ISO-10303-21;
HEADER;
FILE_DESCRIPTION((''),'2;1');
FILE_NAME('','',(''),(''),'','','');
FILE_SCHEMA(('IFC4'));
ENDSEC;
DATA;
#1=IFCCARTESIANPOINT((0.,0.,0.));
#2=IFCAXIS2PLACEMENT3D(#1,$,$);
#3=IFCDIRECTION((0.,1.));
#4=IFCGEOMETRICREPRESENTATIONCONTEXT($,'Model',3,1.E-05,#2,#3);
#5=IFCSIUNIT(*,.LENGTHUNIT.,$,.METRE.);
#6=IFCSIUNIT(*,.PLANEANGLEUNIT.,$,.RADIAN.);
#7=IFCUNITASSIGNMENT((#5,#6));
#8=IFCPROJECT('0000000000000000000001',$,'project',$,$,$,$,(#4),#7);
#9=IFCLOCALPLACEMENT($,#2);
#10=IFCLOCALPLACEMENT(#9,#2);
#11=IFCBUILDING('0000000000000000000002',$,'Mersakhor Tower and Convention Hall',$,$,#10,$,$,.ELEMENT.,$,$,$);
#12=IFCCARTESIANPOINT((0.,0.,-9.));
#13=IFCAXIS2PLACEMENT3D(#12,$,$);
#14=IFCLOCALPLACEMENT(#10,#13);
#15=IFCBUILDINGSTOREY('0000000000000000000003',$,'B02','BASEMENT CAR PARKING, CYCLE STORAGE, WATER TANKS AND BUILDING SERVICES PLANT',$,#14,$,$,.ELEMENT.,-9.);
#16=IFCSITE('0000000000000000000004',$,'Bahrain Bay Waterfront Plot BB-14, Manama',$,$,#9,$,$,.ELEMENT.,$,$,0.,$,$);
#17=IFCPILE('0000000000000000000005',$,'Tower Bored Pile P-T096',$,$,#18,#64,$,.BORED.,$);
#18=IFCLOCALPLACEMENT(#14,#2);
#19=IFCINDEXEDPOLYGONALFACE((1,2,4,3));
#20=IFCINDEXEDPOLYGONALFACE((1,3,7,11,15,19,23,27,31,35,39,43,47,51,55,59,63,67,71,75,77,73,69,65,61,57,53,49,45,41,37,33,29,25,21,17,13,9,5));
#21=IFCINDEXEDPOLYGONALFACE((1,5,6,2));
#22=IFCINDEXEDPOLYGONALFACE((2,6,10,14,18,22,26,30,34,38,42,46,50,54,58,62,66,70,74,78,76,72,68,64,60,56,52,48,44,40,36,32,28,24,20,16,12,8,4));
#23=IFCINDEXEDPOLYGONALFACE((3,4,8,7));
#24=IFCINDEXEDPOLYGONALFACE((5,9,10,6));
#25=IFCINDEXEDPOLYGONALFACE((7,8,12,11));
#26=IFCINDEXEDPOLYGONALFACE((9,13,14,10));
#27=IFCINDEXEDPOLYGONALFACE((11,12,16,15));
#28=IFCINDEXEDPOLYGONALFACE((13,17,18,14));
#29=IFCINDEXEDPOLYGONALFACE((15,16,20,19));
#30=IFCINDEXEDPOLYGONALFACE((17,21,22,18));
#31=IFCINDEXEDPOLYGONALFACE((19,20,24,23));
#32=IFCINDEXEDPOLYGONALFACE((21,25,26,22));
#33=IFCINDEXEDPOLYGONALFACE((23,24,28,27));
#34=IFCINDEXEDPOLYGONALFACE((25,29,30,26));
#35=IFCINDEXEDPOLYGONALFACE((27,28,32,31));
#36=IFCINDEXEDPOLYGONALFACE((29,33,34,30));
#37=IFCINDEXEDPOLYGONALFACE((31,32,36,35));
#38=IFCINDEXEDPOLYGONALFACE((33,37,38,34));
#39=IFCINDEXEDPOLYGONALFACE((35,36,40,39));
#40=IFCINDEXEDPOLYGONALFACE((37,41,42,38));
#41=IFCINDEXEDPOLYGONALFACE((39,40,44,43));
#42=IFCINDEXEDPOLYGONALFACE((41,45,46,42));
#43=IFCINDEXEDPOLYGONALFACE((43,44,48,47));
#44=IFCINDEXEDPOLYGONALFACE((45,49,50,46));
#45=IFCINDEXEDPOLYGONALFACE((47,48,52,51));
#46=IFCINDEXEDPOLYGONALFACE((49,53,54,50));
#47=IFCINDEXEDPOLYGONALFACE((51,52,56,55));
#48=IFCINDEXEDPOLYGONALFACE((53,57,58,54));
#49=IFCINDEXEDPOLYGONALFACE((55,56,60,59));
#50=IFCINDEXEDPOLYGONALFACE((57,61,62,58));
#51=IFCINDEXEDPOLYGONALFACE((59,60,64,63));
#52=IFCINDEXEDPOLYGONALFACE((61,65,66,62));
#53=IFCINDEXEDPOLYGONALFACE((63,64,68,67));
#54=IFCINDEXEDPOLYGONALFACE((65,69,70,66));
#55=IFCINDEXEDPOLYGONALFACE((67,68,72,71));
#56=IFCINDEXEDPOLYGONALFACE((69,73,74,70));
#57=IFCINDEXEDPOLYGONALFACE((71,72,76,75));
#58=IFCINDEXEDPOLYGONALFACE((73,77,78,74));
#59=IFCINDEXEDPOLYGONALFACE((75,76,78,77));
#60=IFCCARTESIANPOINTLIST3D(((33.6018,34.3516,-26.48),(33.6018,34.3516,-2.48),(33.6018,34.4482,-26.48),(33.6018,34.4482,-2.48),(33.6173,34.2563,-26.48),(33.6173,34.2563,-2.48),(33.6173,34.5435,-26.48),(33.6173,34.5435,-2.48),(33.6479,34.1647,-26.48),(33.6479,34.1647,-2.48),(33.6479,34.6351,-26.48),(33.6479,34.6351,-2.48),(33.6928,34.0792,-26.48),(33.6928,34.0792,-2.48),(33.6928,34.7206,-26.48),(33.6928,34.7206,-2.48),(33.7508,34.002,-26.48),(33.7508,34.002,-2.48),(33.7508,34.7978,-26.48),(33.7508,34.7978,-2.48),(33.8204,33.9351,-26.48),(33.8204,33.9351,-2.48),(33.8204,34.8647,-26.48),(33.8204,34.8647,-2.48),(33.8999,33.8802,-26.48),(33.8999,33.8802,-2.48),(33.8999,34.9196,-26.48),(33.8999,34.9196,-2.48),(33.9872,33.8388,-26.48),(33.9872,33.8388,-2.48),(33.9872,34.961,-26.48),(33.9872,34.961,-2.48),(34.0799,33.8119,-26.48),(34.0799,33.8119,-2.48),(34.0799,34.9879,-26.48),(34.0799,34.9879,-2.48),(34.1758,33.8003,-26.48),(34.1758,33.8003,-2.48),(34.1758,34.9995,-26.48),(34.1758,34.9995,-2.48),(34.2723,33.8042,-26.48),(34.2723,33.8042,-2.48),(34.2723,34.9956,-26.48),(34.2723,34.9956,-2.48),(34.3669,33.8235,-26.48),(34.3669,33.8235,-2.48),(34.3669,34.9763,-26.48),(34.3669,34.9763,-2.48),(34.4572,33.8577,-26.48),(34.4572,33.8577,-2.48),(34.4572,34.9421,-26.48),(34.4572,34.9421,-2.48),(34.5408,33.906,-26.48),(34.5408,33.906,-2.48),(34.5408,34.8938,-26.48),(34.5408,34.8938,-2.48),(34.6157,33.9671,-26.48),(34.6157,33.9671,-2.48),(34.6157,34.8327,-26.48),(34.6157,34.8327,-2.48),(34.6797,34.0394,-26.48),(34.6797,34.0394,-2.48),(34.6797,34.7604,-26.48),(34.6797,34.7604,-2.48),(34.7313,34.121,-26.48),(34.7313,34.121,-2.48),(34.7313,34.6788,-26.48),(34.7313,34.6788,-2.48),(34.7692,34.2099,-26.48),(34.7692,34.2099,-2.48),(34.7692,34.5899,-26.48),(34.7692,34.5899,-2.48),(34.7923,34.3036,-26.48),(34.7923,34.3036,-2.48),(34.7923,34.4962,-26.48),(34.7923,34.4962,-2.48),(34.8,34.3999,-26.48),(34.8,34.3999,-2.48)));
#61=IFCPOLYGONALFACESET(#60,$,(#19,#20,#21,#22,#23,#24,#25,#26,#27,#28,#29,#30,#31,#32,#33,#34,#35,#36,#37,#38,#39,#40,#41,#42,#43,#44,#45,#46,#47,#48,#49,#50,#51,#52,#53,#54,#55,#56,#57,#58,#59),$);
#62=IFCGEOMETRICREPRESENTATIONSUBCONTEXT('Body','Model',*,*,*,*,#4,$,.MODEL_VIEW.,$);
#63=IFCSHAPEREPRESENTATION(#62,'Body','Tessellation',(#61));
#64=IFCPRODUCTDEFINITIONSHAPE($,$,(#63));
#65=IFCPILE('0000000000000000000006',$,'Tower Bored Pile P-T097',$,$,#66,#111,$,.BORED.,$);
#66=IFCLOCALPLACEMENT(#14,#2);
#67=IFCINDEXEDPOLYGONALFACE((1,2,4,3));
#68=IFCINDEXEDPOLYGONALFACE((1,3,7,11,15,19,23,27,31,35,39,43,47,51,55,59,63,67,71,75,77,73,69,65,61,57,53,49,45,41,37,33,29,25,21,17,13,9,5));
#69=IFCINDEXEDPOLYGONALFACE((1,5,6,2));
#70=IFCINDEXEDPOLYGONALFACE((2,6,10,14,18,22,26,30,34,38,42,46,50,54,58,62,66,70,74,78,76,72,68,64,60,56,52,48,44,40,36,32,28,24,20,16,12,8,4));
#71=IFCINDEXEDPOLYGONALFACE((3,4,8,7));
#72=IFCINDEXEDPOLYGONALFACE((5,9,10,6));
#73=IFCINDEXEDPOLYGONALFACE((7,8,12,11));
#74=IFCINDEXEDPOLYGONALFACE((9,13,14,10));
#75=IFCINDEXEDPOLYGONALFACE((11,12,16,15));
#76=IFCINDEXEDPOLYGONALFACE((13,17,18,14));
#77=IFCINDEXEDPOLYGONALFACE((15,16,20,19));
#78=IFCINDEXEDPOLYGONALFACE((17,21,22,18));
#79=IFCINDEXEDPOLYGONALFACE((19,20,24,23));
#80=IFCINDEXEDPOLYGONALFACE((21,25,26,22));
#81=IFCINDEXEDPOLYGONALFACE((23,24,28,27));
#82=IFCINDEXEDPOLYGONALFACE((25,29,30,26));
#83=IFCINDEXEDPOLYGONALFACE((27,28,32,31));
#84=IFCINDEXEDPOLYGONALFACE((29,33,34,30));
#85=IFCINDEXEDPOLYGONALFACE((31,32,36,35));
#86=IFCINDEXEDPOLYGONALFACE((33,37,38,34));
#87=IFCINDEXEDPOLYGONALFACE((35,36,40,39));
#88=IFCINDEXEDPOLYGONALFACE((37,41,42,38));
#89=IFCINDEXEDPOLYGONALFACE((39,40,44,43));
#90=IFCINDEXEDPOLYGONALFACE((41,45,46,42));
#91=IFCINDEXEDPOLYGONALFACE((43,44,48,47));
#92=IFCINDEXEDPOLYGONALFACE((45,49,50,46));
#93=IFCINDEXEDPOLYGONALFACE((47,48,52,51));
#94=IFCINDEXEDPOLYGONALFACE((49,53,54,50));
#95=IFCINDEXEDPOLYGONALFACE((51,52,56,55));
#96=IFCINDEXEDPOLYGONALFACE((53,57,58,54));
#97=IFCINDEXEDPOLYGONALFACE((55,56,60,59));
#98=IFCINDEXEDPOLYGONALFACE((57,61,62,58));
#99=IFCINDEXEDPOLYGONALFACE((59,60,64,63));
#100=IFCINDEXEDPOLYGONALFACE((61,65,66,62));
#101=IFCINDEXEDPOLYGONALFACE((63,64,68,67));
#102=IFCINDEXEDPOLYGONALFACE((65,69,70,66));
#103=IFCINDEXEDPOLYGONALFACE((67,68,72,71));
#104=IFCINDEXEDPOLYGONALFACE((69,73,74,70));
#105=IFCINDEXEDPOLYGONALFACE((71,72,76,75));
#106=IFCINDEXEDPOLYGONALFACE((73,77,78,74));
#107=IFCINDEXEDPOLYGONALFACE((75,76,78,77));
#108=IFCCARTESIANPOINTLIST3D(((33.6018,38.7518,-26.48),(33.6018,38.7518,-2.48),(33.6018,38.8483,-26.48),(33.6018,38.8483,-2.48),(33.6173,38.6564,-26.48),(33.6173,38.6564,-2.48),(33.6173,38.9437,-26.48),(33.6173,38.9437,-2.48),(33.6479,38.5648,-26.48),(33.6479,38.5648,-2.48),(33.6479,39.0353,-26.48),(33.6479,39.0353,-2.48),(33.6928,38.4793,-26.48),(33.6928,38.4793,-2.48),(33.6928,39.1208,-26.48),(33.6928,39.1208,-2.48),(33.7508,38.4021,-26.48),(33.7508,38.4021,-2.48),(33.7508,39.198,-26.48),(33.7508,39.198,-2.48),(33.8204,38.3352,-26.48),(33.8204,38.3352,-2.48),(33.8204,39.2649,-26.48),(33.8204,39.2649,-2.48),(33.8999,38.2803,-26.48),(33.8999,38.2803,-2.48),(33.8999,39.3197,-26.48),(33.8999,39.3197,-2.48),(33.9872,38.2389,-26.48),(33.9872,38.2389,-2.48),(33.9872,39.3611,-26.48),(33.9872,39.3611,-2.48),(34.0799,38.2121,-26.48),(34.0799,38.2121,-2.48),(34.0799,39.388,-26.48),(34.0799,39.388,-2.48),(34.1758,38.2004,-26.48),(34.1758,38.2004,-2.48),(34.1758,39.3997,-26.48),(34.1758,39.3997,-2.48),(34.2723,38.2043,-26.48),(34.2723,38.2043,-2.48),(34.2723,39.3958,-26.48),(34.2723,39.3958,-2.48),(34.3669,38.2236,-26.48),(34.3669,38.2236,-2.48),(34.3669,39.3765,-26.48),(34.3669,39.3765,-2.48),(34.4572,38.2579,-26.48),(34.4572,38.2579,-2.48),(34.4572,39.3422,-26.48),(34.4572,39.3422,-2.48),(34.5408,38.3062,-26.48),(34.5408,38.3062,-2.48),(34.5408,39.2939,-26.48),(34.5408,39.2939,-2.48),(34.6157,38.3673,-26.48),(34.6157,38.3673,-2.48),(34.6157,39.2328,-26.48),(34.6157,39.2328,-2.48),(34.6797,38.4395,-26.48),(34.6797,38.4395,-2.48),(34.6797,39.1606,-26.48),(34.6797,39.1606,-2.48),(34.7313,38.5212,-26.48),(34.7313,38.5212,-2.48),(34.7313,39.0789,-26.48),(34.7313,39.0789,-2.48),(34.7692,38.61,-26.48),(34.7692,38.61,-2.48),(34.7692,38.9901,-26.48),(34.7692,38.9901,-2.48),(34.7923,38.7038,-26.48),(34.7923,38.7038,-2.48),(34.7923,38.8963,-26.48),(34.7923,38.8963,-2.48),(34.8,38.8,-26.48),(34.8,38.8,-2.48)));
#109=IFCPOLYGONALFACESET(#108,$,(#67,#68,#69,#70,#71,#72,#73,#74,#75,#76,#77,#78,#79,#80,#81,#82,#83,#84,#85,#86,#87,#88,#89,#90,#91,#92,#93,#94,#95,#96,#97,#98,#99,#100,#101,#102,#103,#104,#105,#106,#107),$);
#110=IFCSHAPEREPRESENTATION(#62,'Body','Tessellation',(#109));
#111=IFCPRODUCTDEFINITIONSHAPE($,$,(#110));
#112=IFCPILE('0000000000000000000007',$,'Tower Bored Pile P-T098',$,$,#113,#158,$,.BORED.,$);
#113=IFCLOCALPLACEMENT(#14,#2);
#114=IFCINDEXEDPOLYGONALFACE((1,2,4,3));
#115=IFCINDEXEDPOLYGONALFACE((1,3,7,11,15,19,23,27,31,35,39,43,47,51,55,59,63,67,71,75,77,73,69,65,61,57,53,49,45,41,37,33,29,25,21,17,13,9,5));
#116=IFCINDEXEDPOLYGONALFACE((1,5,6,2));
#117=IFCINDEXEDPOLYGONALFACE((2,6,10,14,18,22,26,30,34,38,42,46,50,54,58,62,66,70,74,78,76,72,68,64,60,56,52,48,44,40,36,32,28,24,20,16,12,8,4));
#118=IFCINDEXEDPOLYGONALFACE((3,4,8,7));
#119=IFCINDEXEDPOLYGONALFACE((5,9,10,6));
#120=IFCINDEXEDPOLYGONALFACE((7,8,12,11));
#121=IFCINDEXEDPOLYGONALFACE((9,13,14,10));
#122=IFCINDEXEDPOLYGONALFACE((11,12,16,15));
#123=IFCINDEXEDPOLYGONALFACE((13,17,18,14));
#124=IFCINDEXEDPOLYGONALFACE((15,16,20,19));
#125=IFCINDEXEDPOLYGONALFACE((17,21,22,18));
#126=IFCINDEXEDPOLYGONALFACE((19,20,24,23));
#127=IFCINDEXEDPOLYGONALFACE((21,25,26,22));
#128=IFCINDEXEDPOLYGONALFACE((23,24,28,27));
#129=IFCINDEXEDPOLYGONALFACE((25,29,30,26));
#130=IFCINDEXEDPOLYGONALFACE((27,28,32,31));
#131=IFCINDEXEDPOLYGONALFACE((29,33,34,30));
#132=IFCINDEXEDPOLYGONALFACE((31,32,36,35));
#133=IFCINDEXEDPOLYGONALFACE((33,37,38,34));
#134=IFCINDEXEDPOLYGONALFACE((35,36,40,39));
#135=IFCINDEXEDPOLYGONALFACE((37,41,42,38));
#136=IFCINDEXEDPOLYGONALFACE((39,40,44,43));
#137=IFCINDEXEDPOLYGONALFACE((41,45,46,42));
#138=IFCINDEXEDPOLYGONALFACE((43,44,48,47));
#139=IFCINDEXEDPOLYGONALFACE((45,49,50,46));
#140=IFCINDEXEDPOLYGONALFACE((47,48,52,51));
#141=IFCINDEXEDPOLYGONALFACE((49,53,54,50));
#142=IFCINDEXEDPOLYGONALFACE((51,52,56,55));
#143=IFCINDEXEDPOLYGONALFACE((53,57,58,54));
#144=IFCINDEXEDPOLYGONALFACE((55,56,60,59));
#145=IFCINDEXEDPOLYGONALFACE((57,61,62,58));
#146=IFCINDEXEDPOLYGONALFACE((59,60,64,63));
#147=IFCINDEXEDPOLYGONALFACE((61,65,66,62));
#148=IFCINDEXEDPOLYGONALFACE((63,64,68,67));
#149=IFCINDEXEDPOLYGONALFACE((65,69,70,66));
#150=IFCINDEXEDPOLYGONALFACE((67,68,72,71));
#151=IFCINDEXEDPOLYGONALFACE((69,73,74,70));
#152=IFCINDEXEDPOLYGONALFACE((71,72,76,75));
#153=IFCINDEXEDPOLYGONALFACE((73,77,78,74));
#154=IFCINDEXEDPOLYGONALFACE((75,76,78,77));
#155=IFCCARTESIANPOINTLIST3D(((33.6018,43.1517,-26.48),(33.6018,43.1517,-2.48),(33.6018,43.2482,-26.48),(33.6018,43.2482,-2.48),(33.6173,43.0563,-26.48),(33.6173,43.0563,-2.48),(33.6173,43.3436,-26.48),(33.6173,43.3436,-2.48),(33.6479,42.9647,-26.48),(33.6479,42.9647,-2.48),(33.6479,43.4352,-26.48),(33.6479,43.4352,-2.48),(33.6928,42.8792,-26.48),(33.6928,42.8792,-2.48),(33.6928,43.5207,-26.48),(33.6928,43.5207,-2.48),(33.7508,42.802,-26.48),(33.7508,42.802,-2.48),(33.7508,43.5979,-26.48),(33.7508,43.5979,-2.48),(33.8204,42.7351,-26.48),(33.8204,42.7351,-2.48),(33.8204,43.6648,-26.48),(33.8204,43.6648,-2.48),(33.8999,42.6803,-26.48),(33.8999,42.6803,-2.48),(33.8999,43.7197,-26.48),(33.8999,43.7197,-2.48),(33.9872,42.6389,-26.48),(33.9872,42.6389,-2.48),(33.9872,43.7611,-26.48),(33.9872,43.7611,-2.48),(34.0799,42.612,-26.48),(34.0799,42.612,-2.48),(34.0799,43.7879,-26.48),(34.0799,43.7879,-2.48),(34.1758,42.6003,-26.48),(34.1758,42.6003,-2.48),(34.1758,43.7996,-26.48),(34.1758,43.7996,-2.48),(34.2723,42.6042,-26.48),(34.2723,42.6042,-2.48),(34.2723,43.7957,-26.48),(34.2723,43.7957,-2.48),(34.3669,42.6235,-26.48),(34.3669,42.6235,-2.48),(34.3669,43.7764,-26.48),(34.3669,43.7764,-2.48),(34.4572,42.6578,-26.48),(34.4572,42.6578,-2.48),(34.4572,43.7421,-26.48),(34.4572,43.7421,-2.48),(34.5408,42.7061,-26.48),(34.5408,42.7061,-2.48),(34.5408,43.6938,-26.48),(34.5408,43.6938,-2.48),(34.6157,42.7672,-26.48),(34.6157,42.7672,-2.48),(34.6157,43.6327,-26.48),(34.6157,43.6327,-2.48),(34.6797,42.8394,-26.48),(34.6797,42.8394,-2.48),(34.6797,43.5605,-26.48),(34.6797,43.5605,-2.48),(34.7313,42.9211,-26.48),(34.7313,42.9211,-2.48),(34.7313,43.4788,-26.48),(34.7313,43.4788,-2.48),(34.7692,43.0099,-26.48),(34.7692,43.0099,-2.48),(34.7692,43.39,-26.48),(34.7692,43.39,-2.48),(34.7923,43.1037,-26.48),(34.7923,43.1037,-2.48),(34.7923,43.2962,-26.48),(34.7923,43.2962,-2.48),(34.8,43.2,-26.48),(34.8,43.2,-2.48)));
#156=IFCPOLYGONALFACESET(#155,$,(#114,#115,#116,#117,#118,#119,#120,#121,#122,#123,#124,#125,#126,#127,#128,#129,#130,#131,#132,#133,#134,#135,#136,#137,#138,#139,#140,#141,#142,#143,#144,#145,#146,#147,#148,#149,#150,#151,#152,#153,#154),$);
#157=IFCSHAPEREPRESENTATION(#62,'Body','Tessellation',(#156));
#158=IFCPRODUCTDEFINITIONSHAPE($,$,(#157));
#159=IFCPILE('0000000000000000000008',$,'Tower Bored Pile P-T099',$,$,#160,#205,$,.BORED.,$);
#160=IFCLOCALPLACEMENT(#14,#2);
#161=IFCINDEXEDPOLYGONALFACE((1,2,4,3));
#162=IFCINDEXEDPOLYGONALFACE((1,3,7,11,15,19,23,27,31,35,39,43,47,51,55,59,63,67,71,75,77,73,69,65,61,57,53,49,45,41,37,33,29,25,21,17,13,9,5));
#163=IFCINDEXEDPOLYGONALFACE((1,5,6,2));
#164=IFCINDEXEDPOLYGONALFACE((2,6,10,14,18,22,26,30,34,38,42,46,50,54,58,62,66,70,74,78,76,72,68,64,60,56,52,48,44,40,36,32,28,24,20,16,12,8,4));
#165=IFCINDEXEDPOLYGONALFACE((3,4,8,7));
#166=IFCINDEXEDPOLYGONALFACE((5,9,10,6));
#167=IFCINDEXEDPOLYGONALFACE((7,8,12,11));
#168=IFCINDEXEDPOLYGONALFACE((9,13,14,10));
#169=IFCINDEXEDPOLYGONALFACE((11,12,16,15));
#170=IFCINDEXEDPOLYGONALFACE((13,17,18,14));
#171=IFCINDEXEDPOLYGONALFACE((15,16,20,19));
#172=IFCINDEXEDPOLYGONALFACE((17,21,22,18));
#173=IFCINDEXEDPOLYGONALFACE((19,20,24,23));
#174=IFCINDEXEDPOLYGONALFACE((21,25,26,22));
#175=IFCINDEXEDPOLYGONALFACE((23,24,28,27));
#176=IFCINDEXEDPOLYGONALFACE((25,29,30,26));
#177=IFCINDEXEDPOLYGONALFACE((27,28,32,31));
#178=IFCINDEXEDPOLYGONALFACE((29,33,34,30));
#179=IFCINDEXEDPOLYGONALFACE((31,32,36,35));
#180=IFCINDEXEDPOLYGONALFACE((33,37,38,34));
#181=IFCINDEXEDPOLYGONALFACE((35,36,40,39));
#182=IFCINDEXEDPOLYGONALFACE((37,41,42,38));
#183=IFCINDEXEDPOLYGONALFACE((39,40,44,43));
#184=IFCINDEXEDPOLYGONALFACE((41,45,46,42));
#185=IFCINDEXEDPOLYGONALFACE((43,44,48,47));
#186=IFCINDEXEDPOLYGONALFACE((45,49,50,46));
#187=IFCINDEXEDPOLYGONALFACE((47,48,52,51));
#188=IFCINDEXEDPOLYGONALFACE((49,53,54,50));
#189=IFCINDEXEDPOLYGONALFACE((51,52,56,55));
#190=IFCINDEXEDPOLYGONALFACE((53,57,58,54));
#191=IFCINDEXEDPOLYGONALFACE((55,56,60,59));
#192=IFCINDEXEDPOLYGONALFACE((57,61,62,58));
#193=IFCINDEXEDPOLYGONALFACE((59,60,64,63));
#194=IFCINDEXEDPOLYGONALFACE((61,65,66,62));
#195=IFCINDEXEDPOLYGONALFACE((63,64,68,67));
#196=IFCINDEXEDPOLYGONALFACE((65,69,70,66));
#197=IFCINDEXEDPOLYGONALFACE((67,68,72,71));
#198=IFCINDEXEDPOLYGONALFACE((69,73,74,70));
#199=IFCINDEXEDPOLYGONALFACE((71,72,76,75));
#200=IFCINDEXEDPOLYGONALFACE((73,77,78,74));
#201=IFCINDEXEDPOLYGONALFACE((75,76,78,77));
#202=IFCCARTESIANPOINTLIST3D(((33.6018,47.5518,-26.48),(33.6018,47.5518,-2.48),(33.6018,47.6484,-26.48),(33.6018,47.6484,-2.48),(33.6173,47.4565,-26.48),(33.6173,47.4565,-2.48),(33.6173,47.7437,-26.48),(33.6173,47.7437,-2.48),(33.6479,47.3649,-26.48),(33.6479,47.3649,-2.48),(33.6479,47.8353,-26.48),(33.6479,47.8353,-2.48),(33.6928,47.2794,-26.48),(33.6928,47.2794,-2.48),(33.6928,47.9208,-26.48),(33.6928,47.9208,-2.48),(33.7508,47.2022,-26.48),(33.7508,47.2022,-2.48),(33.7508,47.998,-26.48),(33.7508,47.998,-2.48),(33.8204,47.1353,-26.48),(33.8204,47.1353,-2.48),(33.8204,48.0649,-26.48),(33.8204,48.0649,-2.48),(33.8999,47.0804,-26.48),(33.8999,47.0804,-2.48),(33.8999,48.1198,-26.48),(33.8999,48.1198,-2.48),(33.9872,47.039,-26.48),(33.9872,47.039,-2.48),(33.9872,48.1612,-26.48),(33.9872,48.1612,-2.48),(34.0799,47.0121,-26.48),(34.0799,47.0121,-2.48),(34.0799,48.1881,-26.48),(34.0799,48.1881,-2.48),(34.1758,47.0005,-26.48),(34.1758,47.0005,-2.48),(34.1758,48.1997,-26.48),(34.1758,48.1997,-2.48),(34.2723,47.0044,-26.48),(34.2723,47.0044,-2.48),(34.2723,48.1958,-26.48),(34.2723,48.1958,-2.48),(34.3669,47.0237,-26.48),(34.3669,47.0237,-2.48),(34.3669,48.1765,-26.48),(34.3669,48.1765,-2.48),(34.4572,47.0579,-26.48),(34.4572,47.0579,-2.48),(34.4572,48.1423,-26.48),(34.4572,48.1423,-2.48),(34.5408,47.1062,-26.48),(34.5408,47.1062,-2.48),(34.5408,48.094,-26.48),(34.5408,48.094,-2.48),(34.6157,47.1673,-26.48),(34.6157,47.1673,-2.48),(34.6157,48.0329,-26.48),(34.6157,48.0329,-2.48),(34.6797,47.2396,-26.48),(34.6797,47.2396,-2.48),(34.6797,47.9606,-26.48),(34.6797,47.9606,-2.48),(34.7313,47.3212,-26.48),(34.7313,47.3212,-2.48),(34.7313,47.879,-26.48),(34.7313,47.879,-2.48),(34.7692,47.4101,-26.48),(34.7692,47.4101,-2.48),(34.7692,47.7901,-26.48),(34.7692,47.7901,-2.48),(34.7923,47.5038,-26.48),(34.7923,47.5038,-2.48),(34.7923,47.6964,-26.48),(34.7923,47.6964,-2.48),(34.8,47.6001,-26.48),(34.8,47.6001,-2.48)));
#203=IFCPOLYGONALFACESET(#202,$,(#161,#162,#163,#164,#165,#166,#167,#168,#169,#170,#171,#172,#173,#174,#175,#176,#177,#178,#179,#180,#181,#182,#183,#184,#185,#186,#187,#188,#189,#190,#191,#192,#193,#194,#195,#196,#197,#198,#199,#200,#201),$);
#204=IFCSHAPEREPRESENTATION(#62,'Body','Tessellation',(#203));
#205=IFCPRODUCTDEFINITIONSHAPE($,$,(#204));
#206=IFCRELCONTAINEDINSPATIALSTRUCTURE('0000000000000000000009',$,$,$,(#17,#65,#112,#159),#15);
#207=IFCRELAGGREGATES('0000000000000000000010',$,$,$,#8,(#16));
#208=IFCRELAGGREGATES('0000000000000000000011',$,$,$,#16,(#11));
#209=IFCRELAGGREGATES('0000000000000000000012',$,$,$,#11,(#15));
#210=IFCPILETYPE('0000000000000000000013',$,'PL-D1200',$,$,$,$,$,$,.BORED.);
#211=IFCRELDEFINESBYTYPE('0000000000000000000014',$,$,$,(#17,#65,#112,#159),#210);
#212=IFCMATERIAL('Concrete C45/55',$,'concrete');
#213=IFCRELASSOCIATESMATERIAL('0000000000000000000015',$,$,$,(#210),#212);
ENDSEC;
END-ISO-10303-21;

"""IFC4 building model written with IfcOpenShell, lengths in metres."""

from ifc_helpers import new_model, si_unit, direction, frame, origin, origin_2d, place, context, subcontext, project, spatial, circle, extrude, material, material_profile, profile_set, type_object, element, save


model = new_model("IFC4")

# Units and contexts
model_context = context("Model", 3, precision=1e-05, world=origin(), true_north=direction((0.0, 1.0)))
body_context = subcontext(model_context, "Body", "Model", "MODEL_VIEW")
ifc_project = project(units=[si_unit("LENGTHUNIT", "METRE"), si_unit("PLANEANGLEUNIT", "RADIAN")], contexts=[model_context])

# Site, building, storey
site_placement = place(None, origin())
site = spatial("IfcSite", under=ifc_project, at=site_placement, Name="Bahrain Bay Waterfront Plot BB-14, Manama", CompositionType="ELEMENT", RefElevation=0.0)
building_placement = place(site_placement, origin())
building = spatial("IfcBuilding", under=site, at=building_placement, Name="Mersakhor Tower and Convention Hall", CompositionType="ELEMENT")
storey_placement = place(building_placement, frame((0.0, 0.0, -9.0)))
storey = spatial("IfcBuildingStorey", under=building, at=storey_placement, Name="B02", Description="BASEMENT CAR PARKING, CYCLE STORAGE, WATER TANKS AND BUILDING SERVICES PLANT", CompositionType="ELEMENT", Elevation=-9.0)

# Piles
ifc_material_1 = material(Name="Concrete C45/55", Category="concrete")
ifc_material_profile_1 = material_profile(ifc_material_1, circle(Radius=0.6001, at=origin_2d()), Name="PILE D1200")
ifc_profile_set_1 = profile_set([ifc_material_profile_1], Name="Concrete C45/55")
pile_type = type_object("IfcPileType", Name="PL-D1200", PredefinedType="BORED", material=ifc_profile_set_1)
for number, where, z_axis, x_axis, name in (
    (1, (34.2, 34.3999, -2.48), (0.0, 0.0, -1.0), (1.0, 0.0, 0.0), "Tower Bored Pile P-T096"),
    (2, (34.2, 38.8, -2.48), (0.0, 0.0, -1.0), (1.0, 0.0, 0.0), "Tower Bored Pile P-T097"),
    (3, (34.2, 43.2, -2.48), (0.0, 0.0, -1.0), (1.0, 0.0, 0.0), "Tower Bored Pile P-T098"),
    (4, (34.2, 47.6001, -2.48), (0.0, 0.0, -1.0), (1.0, 0.0, 0.0), "Tower Bored Pile P-T099"),
):
    element("IfcPile", number, at=place(storey_placement, frame(where, z_axis=z_axis, x_axis=x_axis)), inside=storey, type_object=pile_type, Name=name, PredefinedType="BORED", context=body_context, shape_type="SweptSolid", body=[
        extrude(circle(Radius=0.6001, at=origin_2d()), origin(), (0.0, 0.0, 1.0), 24.0),
    ])

save(model, "model.ifc")
